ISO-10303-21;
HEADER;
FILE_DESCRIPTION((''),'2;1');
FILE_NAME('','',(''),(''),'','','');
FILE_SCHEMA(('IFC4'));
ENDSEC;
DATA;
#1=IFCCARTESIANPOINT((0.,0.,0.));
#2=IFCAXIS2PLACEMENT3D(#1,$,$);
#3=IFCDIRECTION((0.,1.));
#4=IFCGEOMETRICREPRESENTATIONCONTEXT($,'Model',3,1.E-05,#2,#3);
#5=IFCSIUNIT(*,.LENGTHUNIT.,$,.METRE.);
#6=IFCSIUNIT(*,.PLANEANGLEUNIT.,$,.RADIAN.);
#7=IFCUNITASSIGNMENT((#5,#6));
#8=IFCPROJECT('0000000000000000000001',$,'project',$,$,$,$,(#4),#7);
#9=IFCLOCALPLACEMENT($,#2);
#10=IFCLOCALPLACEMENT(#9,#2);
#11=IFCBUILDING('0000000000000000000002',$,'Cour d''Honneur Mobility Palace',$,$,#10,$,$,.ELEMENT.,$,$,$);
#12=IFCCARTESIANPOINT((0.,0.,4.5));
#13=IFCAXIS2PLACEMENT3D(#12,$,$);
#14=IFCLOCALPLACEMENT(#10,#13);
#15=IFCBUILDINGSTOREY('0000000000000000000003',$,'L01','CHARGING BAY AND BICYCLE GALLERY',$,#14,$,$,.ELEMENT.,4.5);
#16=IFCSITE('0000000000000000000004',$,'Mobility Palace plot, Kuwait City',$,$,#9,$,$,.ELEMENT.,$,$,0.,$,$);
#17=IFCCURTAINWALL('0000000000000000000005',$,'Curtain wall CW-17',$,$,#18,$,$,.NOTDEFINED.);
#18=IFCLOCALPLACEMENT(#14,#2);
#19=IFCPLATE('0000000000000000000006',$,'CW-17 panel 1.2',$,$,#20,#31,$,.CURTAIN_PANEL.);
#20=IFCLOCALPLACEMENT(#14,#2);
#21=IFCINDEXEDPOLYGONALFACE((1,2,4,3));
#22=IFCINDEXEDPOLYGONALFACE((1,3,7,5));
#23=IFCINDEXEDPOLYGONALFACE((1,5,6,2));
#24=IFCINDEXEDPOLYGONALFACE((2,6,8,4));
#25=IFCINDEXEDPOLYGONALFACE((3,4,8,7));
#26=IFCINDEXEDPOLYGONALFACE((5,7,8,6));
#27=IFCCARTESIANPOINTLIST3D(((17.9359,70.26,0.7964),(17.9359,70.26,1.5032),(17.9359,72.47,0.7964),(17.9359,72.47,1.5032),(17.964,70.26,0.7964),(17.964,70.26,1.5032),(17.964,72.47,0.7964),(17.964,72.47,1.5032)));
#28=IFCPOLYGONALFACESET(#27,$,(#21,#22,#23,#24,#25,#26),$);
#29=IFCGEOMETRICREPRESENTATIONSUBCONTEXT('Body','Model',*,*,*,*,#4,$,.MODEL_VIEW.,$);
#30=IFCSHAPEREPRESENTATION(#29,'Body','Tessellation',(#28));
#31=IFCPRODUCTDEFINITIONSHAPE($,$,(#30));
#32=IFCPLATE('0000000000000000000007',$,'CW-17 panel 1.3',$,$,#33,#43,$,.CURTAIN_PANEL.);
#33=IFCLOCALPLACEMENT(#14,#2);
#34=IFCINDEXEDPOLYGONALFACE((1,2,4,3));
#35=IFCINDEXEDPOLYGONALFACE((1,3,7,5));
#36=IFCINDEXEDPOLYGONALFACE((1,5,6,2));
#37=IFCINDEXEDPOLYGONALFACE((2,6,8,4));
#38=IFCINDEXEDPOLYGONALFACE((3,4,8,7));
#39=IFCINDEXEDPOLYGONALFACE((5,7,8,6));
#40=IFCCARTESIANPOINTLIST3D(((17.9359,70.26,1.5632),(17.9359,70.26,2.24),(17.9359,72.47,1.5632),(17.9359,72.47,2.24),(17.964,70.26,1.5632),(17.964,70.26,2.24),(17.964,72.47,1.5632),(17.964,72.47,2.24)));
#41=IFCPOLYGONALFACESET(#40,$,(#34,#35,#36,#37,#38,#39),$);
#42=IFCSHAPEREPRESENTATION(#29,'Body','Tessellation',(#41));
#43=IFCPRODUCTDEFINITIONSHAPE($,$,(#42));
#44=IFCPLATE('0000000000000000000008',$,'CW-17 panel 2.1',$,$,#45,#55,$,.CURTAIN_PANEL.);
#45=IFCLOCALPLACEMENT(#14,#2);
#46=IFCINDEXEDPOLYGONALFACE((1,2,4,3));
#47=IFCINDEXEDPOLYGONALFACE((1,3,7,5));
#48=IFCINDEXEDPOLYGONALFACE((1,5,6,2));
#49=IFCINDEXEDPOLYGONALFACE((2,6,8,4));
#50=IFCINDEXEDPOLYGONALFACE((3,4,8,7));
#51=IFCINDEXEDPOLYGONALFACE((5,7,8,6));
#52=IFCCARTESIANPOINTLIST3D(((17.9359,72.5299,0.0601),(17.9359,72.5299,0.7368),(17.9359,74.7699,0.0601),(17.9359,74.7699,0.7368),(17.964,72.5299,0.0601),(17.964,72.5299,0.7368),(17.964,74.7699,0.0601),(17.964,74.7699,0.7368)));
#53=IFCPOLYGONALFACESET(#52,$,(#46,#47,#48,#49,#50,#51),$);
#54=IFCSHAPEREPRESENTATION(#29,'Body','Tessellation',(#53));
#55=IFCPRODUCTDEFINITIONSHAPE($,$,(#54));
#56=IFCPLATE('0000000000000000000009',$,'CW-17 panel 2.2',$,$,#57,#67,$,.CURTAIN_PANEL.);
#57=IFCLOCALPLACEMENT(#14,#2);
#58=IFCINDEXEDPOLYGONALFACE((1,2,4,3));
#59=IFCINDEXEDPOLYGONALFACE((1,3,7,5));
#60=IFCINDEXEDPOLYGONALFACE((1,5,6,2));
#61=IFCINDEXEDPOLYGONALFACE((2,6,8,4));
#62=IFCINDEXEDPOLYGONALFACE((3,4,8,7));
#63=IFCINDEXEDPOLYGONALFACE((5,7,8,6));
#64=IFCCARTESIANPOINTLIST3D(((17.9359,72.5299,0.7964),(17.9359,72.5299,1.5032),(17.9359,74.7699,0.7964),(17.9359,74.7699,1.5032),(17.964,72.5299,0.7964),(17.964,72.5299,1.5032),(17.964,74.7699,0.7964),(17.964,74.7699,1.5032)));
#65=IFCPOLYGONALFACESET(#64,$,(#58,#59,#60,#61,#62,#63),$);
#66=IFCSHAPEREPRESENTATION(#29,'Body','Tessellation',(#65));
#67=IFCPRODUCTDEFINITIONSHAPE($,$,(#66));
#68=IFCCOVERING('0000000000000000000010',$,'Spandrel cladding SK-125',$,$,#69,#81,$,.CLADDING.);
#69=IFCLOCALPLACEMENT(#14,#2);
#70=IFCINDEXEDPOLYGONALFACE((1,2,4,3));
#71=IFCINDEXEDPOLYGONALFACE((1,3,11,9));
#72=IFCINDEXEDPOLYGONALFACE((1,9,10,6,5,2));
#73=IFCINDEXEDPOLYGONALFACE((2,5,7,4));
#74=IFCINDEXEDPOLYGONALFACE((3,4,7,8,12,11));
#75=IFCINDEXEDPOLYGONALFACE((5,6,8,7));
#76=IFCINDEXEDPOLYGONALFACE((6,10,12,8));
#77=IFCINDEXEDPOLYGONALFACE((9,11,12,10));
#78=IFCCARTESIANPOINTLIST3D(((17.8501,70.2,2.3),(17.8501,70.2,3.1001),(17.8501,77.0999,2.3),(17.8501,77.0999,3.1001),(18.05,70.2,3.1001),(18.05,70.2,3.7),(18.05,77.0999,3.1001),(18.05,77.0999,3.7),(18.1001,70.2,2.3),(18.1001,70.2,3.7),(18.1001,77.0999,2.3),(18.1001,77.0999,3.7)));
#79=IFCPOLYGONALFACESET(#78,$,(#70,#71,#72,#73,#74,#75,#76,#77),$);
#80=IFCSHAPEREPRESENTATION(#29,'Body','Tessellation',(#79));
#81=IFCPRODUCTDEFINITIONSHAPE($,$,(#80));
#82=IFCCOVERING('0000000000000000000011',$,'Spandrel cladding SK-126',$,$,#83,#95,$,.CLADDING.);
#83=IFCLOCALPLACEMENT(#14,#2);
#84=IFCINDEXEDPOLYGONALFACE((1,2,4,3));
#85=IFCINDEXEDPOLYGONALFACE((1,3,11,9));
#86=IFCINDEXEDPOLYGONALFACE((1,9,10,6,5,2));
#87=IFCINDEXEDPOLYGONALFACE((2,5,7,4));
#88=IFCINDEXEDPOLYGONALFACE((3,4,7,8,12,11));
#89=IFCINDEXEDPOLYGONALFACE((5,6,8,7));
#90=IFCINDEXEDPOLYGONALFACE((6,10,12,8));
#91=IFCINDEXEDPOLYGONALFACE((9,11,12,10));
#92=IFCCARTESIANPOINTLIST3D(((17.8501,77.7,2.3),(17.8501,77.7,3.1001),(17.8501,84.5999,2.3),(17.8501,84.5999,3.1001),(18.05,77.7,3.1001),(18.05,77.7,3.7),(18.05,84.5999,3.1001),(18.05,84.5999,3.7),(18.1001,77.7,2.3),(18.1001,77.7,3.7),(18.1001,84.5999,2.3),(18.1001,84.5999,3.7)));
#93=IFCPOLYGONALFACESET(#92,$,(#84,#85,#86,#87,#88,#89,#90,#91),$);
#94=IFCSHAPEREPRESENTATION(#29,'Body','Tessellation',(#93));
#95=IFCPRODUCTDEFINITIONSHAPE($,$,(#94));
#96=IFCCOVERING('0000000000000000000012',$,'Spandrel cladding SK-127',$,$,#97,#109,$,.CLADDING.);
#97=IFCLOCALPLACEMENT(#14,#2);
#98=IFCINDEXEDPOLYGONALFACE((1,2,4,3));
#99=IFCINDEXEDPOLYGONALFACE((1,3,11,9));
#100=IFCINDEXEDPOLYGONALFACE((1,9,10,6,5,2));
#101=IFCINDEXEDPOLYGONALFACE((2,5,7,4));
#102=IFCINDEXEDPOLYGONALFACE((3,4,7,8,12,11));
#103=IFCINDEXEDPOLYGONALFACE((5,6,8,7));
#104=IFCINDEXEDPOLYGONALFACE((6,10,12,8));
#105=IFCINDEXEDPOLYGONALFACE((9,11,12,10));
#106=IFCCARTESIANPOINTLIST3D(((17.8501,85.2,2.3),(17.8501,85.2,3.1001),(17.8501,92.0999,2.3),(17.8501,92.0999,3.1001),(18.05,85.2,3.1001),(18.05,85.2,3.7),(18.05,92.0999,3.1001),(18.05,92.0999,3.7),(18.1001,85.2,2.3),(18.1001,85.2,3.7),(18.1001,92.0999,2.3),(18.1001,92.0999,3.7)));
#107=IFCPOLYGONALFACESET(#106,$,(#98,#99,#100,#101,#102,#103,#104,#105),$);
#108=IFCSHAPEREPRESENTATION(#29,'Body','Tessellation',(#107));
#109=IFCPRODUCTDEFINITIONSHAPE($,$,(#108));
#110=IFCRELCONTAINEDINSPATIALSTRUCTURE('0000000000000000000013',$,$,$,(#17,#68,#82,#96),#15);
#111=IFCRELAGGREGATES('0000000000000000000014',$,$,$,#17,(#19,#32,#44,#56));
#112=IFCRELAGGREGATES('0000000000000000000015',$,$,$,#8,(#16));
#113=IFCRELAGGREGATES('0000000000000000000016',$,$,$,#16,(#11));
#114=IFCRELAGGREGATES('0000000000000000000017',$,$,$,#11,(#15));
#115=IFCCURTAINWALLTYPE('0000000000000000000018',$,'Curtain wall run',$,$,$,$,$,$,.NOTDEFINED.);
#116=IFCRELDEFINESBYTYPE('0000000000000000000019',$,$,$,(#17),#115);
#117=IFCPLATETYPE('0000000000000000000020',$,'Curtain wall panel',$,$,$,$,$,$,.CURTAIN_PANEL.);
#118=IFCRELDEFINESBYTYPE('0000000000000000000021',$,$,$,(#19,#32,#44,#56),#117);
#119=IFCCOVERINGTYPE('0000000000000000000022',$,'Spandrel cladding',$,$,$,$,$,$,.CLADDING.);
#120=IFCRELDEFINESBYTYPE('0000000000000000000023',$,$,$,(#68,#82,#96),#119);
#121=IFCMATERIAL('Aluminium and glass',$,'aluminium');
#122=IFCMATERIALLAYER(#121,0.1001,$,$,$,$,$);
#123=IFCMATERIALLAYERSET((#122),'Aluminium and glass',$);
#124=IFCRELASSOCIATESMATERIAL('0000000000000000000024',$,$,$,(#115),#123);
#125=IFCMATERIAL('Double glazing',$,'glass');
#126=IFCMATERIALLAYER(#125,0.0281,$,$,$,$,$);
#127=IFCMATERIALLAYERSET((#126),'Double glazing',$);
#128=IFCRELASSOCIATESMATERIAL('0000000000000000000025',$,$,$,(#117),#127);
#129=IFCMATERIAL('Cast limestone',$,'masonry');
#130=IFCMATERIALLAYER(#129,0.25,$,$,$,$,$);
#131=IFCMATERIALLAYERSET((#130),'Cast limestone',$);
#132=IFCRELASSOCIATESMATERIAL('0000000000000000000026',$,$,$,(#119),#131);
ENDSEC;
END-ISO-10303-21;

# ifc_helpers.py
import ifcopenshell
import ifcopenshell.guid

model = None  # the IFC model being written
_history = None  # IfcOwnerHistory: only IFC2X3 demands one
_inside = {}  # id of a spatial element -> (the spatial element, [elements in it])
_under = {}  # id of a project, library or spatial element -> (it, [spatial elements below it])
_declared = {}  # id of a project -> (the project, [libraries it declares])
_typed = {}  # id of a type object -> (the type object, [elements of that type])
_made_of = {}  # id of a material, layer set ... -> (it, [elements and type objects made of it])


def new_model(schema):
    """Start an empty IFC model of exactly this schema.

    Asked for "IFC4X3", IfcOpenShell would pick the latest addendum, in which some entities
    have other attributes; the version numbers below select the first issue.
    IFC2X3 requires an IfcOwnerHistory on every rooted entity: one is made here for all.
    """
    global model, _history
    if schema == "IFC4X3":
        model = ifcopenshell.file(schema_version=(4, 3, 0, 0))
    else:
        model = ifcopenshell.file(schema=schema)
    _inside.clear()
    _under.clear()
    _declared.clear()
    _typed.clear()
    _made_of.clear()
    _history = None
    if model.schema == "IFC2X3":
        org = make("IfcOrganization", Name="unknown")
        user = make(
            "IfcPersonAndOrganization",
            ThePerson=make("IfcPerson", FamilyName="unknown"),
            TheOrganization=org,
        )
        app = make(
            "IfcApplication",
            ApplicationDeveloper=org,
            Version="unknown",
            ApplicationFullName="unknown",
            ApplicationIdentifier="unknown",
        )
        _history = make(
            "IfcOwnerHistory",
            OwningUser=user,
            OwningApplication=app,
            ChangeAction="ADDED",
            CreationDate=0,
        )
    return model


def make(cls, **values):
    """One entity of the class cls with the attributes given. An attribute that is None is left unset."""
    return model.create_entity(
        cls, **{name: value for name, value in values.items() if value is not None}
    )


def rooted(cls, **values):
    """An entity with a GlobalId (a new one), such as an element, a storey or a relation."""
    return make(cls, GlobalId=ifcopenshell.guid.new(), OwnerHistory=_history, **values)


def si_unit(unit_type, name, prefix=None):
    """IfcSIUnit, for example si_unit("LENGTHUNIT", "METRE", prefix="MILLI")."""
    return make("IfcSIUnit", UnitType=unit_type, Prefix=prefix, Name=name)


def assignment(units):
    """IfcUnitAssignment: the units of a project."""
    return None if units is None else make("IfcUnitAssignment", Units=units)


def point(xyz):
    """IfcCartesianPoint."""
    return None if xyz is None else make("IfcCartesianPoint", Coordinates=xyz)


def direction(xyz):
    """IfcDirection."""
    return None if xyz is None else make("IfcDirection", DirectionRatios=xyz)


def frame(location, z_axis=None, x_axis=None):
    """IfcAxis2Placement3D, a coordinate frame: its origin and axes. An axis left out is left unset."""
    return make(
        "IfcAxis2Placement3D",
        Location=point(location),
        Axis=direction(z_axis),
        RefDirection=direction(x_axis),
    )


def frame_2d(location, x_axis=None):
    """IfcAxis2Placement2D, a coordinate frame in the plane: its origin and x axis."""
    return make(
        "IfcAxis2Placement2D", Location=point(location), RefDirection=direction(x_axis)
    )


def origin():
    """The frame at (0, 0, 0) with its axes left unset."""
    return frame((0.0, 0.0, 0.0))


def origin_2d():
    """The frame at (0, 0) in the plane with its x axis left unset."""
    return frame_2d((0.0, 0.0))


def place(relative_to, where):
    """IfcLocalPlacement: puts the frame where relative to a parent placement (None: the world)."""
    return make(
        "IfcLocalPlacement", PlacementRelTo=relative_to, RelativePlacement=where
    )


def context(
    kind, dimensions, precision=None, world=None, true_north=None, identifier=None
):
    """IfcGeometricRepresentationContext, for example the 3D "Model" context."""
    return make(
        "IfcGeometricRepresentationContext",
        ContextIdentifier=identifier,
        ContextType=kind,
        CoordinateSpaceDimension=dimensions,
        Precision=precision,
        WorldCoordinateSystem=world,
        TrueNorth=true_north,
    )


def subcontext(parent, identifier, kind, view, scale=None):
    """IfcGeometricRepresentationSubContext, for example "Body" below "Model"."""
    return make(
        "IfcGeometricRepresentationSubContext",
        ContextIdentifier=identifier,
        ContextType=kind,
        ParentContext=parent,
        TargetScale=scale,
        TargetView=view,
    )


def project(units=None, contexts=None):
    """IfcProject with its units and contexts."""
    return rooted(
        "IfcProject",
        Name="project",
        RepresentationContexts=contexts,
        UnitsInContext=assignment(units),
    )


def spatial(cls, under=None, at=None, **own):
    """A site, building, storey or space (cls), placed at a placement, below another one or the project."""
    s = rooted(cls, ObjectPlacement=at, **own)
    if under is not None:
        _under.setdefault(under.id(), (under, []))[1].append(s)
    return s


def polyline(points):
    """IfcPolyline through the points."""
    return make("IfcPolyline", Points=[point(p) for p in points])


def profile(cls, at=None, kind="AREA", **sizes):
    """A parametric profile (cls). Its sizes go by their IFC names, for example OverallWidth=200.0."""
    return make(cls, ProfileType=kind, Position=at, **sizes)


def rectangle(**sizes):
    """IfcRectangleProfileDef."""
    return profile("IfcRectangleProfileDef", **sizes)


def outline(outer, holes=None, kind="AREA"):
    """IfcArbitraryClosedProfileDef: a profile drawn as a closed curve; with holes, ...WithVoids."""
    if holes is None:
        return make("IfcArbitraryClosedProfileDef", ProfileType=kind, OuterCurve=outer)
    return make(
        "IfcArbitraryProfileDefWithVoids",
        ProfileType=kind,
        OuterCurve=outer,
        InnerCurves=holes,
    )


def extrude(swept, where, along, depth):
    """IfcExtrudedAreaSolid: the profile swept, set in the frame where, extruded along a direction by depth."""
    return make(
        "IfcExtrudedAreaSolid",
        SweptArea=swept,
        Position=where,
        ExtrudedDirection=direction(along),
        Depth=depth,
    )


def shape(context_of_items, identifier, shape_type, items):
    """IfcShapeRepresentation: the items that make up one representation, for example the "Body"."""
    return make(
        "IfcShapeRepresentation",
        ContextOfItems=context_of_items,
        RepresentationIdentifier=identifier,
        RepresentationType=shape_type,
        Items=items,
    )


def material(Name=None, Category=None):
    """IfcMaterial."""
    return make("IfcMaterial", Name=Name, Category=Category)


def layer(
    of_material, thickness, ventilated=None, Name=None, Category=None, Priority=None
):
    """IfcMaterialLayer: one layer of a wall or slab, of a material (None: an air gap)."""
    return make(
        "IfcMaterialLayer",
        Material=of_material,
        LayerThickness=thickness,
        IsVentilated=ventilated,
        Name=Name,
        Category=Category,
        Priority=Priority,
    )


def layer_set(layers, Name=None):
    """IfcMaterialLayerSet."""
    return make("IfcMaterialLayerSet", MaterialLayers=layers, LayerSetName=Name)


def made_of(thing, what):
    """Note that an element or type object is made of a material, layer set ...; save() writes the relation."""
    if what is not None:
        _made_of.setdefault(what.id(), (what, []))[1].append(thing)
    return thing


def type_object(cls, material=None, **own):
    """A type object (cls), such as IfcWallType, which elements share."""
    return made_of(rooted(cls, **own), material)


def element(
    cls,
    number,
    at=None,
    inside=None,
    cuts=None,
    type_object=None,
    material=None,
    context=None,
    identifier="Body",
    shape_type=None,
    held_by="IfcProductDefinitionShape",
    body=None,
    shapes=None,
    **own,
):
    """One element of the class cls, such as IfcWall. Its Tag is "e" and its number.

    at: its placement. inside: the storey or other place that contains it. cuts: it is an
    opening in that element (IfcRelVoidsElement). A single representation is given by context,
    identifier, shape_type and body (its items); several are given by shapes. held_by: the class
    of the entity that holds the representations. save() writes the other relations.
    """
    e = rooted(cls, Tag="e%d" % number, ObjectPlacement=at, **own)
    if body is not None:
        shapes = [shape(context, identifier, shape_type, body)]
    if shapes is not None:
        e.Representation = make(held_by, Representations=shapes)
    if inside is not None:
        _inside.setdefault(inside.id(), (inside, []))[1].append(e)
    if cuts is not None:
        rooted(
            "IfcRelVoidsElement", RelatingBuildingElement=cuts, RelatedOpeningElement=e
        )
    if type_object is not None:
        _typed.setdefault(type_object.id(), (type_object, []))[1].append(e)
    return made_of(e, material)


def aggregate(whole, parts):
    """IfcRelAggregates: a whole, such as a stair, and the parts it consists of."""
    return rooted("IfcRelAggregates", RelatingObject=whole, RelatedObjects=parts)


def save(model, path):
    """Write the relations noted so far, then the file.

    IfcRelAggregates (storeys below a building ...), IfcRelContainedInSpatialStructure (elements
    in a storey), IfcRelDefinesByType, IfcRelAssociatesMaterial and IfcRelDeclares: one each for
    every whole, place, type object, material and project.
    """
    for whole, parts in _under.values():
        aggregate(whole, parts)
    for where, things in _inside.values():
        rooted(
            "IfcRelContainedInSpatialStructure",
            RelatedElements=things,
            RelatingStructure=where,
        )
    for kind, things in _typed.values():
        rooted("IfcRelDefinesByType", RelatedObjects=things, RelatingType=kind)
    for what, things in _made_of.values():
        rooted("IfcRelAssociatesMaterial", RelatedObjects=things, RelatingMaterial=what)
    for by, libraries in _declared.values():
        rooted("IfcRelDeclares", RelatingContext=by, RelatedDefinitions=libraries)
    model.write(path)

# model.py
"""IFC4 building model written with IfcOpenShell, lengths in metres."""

from ifc_helpers import new_model, si_unit, direction, frame, origin, origin_2d, place, context, subcontext, project, spatial, polyline, rectangle, outline, extrude, material, layer, layer_set, type_object, element, aggregate, save


model = new_model("IFC4")

# Units and contexts
model_context = context("Model", 3, precision=1e-05, world=origin(), true_north=direction((0.0, 1.0)))
body_context = subcontext(model_context, "Body", "Model", "MODEL_VIEW")
ifc_project = project(units=[si_unit("LENGTHUNIT", "METRE"), si_unit("PLANEANGLEUNIT", "RADIAN")], contexts=[model_context])

# Site, building, storey
site_placement = place(None, origin())
site = spatial("IfcSite", under=ifc_project, at=site_placement, Name="Mobility Palace plot, Kuwait City", CompositionType="ELEMENT", RefElevation=0.0)
building_placement = place(site_placement, origin())
building = spatial("IfcBuilding", under=site, at=building_placement, Name="Cour d'Honneur Mobility Palace", CompositionType="ELEMENT")
storey_placement = place(building_placement, frame((0.0, 0.0, 4.5)))
storey = spatial("IfcBuildingStorey", under=building, at=storey_placement, Name="L01", Description="CHARGING BAY AND BICYCLE GALLERY", CompositionType="ELEMENT", Elevation=4.5)

# Curtain wall
ifc_material_1 = material(Name="Aluminium and glass", Category="aluminium")
ifc_layer_1 = layer(ifc_material_1, 0.1001)
ifc_layer_set_1 = layer_set([ifc_layer_1], Name="Aluminium and glass")
curtain_wall_type = type_object("IfcCurtainWallType", Name="Curtain wall run", PredefinedType="NOTDEFINED", material=ifc_layer_set_1)
curtain_wall_placement = place(storey_placement, origin())
curtain_wall = element("IfcCurtainWall", 1, at=curtain_wall_placement, inside=storey, type_object=curtain_wall_type, Name="Curtain wall CW-17", PredefinedType="NOTDEFINED")

# Plates
ifc_material_2 = material(Name="Double glazing", Category="glass")
ifc_layer_2 = layer(ifc_material_2, 0.0281)
ifc_layer_set_2 = layer_set([ifc_layer_2], Name="Double glazing")
plate_type = type_object("IfcPlateType", Name="Curtain wall panel", PredefinedType="CURTAIN_PANEL", material=ifc_layer_set_2)
plate_1_placement = place(storey_placement, frame((17.95, 71.365, 0.7964), z_axis=(0.0, 0.0, 1.0), x_axis=(0.0, 1.0, 0.0)))
plate_1 = element("IfcPlate", 2, at=plate_1_placement, type_object=plate_type, Name="CW-17 panel 1.2", PredefinedType="CURTAIN_PANEL", context=body_context, shape_type="SweptSolid", body=[
    extrude(rectangle(XDim=2.21, YDim=0.0281, at=origin_2d()), origin(), (0.0, 0.0, 1.0), 0.7068),
])
plate_2_placement = place(storey_placement, frame((17.95, 71.365, 1.5632), z_axis=(0.0, 0.0, 1.0), x_axis=(0.0, 1.0, 0.0)))
plate_2 = element("IfcPlate", 3, at=plate_2_placement, type_object=plate_type, Name="CW-17 panel 1.3", PredefinedType="CURTAIN_PANEL", context=body_context, shape_type="SweptSolid", body=[
    extrude(rectangle(XDim=2.21, YDim=0.0281, at=origin_2d()), origin(), (0.0, 0.0, 1.0), 0.6768),
])
plate_3_placement = place(storey_placement, frame((17.95, 73.6499, 0.0601), z_axis=(0.0, 0.0, 1.0), x_axis=(0.0, 1.0, 0.0)))
plate_3 = element("IfcPlate", 4, at=plate_3_placement, type_object=plate_type, Name="CW-17 panel 2.1", PredefinedType="CURTAIN_PANEL", context=body_context, shape_type="SweptSolid", body=[
    extrude(rectangle(XDim=2.24, YDim=0.0281, at=origin_2d()), origin(), (0.0, 0.0, 1.0), 0.6768),
])
plate_4_placement = place(storey_placement, frame((17.95, 73.6499, 0.7964), z_axis=(0.0, 0.0, 1.0), x_axis=(0.0, 1.0, 0.0)))
plate_4 = element("IfcPlate", 5, at=plate_4_placement, type_object=plate_type, Name="CW-17 panel 2.2", PredefinedType="CURTAIN_PANEL", context=body_context, shape_type="SweptSolid", body=[
    extrude(rectangle(XDim=2.24, YDim=0.0281, at=origin_2d()), origin(), (0.0, 0.0, 1.0), 0.7068),
])
aggregate(curtain_wall, [plate_1, plate_2, plate_3, plate_4])

# Coverings
ifc_material_3 = material(Name="Cast limestone", Category="masonry")
ifc_layer_3 = layer(ifc_material_3, 0.25)
ifc_layer_set_3 = layer_set([ifc_layer_3], Name="Cast limestone")
covering_type = type_object("IfcCoveringType", Name="Spandrel cladding", PredefinedType="CLADDING", material=ifc_layer_set_3)
for number, where, z_axis, x_axis, name in (
    (6, (17.8501, 70.2, 2.3), (0.0, -1.0, 0.0), (1.0, 0.0, 0.0), "Spandrel cladding SK-125"),
    (7, (17.8501, 77.7, 2.3), (0.0, -1.0, 0.0), (1.0, 0.0, 0.0), "Spandrel cladding SK-126"),
    (8, (17.8501, 85.2, 2.3), (0.0, -1.0, 0.0), (1.0, 0.0, 0.0), "Spandrel cladding SK-127"),
):
    element("IfcCovering", number, at=place(storey_placement, frame(where, z_axis=z_axis, x_axis=x_axis)), inside=storey, type_object=covering_type, Name=name, PredefinedType="CLADDING", context=body_context, shape_type="SweptSolid", body=[
        extrude(outline(polyline([(0.0, 0.0), (0.25, 0.0), (0.25, 1.3999), (0.2, 1.3999), (0.2, 0.8), (0.0, 0.8), (0.0, 0.0)])), origin(), (0.0, 0.0, -1.0), 6.8999),
    ])

save(model, "model.ifc")
